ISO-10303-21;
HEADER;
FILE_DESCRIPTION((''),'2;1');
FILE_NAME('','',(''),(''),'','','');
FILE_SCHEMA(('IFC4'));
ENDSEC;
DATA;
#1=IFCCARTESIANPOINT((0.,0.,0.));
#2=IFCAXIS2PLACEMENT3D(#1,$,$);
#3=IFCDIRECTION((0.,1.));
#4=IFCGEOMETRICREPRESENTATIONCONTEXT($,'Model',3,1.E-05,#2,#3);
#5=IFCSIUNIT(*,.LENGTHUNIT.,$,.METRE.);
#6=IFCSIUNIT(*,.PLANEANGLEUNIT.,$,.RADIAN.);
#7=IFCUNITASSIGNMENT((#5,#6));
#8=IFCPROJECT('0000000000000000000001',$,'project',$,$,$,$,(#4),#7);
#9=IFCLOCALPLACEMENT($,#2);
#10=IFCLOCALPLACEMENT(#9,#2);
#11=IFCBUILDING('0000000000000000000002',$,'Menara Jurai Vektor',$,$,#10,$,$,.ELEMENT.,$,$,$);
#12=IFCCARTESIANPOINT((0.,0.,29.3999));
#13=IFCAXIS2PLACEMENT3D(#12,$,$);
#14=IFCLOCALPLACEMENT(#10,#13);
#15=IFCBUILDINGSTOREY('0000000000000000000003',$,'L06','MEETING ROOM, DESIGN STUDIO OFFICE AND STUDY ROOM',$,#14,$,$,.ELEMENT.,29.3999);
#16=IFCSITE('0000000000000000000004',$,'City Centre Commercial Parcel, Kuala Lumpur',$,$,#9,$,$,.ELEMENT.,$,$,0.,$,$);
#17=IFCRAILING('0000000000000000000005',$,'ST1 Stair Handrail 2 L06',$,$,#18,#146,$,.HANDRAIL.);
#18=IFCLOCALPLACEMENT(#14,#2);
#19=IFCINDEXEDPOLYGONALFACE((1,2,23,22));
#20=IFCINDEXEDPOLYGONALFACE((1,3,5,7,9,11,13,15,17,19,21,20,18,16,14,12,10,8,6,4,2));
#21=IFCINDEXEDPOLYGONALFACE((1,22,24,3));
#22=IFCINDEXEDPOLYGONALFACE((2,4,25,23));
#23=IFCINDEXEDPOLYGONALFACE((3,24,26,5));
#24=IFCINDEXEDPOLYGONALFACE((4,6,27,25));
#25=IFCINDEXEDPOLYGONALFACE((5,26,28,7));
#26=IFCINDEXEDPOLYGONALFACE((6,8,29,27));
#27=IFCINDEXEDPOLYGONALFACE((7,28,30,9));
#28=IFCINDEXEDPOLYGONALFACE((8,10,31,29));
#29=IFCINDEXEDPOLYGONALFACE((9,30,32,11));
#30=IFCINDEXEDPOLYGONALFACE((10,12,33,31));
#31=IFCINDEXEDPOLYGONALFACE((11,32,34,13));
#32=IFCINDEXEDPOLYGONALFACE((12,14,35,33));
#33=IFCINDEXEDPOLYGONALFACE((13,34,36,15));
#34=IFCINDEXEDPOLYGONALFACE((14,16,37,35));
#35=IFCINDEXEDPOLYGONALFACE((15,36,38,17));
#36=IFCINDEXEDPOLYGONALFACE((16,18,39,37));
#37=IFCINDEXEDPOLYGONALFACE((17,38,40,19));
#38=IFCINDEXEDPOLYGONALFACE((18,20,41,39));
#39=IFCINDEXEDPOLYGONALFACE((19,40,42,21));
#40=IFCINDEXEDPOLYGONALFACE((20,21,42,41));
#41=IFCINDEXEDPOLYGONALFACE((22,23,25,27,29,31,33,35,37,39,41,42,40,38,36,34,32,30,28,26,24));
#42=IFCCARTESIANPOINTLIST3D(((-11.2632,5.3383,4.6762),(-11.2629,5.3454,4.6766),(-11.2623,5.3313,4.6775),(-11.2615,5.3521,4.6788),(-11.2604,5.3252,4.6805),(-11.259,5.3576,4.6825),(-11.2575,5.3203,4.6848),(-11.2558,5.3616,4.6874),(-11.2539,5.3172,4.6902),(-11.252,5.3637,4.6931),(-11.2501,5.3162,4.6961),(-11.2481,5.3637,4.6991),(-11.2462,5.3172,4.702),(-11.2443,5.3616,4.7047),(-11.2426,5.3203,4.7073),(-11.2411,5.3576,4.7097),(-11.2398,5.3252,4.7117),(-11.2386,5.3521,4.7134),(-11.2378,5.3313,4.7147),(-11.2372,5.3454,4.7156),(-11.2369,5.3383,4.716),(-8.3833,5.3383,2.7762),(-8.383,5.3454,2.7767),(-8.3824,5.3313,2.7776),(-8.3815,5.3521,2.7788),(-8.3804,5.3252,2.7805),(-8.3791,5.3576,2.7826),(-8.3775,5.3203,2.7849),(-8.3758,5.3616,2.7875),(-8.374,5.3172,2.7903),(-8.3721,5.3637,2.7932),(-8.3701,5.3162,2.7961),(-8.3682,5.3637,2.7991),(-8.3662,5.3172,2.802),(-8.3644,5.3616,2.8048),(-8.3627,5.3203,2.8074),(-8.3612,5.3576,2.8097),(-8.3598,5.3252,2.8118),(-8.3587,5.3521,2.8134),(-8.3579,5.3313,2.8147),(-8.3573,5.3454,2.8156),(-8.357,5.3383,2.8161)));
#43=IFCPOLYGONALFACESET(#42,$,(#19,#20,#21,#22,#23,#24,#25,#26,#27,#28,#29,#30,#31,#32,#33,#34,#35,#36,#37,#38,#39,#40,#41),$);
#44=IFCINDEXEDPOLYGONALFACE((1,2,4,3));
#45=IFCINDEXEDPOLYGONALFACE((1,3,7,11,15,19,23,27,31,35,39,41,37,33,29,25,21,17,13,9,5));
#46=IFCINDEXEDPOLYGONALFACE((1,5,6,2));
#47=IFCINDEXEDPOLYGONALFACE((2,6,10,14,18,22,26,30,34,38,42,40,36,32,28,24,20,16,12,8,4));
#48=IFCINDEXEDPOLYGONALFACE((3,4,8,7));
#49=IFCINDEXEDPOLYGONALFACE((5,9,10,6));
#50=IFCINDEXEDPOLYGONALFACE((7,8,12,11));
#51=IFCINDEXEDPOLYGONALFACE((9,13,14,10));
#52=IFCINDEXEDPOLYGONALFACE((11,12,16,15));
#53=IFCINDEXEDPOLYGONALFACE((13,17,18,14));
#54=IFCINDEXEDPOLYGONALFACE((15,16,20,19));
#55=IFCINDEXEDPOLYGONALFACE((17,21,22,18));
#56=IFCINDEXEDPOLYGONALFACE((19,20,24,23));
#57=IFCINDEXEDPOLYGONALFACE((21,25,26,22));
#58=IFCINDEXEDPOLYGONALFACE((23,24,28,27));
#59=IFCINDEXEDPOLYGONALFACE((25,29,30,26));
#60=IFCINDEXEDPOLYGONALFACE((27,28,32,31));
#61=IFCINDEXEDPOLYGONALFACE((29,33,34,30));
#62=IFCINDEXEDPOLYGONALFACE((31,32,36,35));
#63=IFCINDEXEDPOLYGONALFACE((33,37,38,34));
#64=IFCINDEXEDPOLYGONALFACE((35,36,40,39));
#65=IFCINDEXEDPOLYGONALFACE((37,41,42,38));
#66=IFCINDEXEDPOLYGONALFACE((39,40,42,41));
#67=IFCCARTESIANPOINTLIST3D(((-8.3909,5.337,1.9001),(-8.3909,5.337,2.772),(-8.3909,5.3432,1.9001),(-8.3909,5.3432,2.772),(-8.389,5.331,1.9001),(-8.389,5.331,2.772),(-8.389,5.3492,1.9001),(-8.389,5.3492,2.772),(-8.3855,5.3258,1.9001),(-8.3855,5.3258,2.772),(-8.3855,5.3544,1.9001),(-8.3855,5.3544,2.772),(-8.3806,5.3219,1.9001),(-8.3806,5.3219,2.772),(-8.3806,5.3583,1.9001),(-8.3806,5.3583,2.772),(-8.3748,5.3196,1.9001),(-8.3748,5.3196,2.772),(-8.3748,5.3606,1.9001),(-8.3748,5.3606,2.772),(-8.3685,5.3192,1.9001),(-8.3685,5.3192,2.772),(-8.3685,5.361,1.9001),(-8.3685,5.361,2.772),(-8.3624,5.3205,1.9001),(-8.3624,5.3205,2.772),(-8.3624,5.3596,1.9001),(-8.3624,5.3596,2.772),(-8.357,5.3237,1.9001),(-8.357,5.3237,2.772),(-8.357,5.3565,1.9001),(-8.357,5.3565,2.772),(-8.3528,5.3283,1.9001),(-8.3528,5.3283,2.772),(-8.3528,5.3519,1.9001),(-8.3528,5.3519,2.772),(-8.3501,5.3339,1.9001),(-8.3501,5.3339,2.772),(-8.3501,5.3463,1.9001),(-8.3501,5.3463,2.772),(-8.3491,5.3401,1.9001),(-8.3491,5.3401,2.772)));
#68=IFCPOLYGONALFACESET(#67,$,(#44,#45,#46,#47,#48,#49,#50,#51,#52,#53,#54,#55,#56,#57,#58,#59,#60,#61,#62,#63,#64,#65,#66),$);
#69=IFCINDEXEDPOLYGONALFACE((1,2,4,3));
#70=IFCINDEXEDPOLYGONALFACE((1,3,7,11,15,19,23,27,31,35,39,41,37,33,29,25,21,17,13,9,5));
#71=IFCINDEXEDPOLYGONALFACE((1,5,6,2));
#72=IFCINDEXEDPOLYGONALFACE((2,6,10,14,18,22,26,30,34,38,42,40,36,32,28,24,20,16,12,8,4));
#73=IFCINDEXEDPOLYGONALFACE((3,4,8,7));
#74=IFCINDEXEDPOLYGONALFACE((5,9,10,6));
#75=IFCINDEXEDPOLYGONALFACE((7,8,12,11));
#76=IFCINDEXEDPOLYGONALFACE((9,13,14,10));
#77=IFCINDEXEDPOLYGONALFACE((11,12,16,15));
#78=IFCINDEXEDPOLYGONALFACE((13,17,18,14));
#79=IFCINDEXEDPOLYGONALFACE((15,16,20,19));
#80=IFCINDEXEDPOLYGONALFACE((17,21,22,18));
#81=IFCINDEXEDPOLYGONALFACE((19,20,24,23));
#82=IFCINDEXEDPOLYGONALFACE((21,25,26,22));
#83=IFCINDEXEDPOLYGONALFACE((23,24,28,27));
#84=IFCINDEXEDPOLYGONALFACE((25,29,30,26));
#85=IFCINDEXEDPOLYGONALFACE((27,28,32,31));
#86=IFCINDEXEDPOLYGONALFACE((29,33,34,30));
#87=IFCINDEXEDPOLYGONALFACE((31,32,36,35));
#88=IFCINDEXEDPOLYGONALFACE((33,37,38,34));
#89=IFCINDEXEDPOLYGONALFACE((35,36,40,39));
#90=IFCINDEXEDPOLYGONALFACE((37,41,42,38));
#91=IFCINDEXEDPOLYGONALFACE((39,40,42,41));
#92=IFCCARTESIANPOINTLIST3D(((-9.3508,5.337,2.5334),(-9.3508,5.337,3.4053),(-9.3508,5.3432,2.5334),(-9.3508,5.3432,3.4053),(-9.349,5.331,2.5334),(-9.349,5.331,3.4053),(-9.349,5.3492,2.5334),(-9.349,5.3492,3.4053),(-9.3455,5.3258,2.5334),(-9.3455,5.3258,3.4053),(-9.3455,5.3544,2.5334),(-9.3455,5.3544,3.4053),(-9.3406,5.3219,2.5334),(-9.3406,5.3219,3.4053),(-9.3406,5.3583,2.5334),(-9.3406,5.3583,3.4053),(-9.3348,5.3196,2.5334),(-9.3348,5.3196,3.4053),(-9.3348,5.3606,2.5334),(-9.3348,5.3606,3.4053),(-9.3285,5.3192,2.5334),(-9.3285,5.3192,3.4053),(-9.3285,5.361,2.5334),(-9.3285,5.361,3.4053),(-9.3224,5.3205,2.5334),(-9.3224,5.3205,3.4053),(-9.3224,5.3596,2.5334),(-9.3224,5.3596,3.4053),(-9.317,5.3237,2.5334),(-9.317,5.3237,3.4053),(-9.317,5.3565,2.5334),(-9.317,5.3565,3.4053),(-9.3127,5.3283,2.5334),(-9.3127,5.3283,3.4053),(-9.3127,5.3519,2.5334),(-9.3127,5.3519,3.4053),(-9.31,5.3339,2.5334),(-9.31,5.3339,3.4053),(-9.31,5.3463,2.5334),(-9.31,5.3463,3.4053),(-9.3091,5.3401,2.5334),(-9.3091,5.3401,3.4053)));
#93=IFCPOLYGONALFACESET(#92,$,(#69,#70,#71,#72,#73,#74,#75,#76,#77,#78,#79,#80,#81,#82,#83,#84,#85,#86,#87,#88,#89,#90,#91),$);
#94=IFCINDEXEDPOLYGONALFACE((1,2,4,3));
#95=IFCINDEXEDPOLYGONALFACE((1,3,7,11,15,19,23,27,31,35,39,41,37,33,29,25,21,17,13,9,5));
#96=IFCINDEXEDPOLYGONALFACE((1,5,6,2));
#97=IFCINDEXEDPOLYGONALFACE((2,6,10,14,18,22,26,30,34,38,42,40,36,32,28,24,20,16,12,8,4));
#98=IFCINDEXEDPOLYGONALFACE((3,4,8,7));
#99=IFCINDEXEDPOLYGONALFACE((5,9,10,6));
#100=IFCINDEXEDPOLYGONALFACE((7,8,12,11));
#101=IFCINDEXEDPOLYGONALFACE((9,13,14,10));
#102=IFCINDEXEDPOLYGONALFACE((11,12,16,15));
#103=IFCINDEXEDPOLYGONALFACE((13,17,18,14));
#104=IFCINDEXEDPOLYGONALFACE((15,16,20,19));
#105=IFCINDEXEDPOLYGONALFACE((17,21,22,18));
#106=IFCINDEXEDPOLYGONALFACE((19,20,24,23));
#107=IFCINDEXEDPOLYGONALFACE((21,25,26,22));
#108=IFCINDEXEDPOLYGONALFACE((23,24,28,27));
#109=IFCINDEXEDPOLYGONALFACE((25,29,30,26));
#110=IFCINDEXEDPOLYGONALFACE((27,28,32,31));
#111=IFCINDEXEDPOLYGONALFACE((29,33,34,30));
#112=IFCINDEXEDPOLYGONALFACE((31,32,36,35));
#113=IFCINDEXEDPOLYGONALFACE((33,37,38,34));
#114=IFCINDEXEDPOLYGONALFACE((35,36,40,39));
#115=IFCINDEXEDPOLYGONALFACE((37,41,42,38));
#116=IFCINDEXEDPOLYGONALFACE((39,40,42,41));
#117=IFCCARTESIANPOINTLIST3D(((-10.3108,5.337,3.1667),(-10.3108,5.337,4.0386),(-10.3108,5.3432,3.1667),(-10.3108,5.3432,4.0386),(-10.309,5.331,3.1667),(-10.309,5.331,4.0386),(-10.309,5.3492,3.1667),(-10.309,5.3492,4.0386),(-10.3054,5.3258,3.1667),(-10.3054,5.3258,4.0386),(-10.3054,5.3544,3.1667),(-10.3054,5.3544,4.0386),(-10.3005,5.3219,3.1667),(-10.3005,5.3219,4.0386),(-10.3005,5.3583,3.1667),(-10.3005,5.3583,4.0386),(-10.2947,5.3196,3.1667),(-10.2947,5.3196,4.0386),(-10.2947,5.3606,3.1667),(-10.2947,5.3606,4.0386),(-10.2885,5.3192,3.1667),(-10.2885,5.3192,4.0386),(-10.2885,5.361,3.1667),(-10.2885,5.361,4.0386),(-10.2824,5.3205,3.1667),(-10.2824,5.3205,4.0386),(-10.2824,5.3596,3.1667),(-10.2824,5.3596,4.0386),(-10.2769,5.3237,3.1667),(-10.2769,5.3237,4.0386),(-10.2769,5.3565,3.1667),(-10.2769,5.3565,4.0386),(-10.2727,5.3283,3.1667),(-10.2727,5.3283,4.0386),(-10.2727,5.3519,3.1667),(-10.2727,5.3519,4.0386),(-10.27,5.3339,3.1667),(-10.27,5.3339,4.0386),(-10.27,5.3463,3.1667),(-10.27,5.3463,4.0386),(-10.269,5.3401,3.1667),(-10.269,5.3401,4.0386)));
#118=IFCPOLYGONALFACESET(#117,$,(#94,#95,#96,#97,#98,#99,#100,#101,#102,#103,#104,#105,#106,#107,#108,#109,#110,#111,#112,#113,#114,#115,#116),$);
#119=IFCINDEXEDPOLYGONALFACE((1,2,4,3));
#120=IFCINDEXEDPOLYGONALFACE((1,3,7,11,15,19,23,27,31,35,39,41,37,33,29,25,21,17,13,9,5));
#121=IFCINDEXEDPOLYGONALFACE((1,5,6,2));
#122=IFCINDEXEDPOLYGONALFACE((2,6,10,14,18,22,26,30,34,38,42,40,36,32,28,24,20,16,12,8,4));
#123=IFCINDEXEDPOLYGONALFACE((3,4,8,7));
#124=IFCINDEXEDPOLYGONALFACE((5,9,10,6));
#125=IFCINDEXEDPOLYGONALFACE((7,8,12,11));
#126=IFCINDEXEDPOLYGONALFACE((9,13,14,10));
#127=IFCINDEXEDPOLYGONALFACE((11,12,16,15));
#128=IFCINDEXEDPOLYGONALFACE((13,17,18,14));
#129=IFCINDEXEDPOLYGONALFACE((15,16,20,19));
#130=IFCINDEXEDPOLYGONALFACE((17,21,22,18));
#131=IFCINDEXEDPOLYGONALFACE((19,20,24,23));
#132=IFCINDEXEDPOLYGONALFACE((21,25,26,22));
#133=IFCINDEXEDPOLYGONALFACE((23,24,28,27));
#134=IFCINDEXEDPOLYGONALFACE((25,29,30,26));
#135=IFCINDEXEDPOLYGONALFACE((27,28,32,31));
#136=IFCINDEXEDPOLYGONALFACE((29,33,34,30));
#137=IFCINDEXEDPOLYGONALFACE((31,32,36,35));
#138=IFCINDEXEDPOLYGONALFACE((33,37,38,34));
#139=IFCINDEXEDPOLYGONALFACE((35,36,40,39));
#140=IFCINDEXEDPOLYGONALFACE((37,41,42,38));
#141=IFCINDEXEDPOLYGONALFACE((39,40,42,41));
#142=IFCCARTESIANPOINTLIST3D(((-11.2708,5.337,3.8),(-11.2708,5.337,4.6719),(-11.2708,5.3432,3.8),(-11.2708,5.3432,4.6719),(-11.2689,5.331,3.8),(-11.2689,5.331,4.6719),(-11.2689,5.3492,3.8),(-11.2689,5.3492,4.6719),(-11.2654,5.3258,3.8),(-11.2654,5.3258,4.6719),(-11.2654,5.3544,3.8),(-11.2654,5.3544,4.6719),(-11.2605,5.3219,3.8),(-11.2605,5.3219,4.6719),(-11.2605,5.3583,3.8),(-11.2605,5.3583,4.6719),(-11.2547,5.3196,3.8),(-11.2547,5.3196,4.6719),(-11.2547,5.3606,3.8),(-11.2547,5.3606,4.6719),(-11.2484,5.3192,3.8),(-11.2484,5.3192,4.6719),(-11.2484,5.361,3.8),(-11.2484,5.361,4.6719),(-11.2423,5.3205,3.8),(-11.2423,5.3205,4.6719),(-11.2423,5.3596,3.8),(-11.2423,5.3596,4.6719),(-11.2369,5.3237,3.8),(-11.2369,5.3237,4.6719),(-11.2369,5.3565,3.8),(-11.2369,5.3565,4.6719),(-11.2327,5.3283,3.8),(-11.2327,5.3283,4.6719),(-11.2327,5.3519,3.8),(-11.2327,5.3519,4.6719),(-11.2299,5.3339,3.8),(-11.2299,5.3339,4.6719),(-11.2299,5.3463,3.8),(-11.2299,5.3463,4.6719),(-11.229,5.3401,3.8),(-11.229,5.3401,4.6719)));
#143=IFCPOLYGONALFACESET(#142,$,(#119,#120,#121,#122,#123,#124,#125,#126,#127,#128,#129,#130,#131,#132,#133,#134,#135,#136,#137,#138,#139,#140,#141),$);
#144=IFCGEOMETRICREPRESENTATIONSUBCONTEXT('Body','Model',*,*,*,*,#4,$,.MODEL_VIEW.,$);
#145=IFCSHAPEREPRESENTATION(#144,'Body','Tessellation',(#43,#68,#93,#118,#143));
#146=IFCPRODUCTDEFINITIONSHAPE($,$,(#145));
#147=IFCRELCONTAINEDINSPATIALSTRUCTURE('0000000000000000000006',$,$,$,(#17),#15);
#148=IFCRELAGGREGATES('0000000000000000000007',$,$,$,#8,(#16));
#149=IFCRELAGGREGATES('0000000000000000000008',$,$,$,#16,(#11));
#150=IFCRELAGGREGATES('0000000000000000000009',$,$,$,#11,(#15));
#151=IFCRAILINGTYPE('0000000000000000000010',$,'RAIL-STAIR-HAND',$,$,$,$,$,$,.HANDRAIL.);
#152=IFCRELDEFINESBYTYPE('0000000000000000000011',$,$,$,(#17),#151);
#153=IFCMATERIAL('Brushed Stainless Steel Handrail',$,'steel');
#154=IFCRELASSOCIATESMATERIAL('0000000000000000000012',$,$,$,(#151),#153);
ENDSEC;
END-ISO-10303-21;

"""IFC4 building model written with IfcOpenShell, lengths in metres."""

from ifc_helpers import new_model, si_unit, direction, frame, origin, origin_2d, place, context, subcontext, project, spatial, circle, extrude, material, type_object, element, save


model = new_model("IFC4")

# Units and contexts
model_context = context("Model", 3, precision=1e-05, world=origin(), true_north=direction((0.0, 1.0)))
body_context = subcontext(model_context, "Body", "Model", "MODEL_VIEW")
ifc_project = project(units=[si_unit("LENGTHUNIT", "METRE"), si_unit("PLANEANGLEUNIT", "RADIAN")], contexts=[model_context])

# Site, building, storey
site_placement = place(None, origin())
site = spatial("IfcSite", under=ifc_project, at=site_placement, Name="City Centre Commercial Parcel, Kuala Lumpur", CompositionType="ELEMENT", RefElevation=0.0)
building_placement = place(site_placement, origin())
building = spatial("IfcBuilding", under=site, at=building_placement, Name="Menara Jurai Vektor", CompositionType="ELEMENT")
storey_placement = place(building_placement, frame((0.0, 0.0, 29.3999)))
storey = spatial("IfcBuildingStorey", under=building, at=storey_placement, Name="L06", Description="MEETING ROOM, DESIGN STUDIO OFFICE AND STUDY ROOM", CompositionType="ELEMENT", Elevation=29.3999)

# Railing
ifc_material_1 = material(Name="Brushed Stainless Steel Handrail", Category="steel")
railing_type_1 = type_object("IfcRailingType", Name="RAIL-STAIR-HAND", PredefinedType="HANDRAIL", material=ifc_material_1)
railing_1_placement = place(storey_placement, frame((-8.3701, 5.3401, 1.9001)))
element("IfcRailing", 1, at=railing_1_placement, inside=storey, type_object=railing_type_1, Name="ST1 Stair Handrail 2 L06", PredefinedType="HANDRAIL", context=body_context, shape_type="SweptSolid", body=[
    extrude(circle(Radius=0.0239, at=origin_2d()), frame((0.0, 0.0, 0.896), z_axis=(-0.834719, 0.0, 0.550677), x_axis=(0.0, -1.0, 0.0)), (0.0, 0.0, 1.0), 3.4502),
    extrude(circle(Radius=0.021, at=origin_2d()), origin(), (0.0, 0.0, 1.0), 0.8718),
    extrude(circle(Radius=0.021, at=origin_2d()), frame((-0.96, 0.0, 0.6333)), (0.0, 0.0, 1.0), 0.8718),
    extrude(circle(Radius=0.021, at=origin_2d()), frame((-1.9199, 0.0, 1.2666)), (0.0, 0.0, 1.0), 0.8718),
    extrude(circle(Radius=0.021, at=origin_2d()), frame((-2.8799, 0.0, 1.8999)), (0.0, 0.0, 1.0), 0.8718),
])

save(model, "model.ifc")
